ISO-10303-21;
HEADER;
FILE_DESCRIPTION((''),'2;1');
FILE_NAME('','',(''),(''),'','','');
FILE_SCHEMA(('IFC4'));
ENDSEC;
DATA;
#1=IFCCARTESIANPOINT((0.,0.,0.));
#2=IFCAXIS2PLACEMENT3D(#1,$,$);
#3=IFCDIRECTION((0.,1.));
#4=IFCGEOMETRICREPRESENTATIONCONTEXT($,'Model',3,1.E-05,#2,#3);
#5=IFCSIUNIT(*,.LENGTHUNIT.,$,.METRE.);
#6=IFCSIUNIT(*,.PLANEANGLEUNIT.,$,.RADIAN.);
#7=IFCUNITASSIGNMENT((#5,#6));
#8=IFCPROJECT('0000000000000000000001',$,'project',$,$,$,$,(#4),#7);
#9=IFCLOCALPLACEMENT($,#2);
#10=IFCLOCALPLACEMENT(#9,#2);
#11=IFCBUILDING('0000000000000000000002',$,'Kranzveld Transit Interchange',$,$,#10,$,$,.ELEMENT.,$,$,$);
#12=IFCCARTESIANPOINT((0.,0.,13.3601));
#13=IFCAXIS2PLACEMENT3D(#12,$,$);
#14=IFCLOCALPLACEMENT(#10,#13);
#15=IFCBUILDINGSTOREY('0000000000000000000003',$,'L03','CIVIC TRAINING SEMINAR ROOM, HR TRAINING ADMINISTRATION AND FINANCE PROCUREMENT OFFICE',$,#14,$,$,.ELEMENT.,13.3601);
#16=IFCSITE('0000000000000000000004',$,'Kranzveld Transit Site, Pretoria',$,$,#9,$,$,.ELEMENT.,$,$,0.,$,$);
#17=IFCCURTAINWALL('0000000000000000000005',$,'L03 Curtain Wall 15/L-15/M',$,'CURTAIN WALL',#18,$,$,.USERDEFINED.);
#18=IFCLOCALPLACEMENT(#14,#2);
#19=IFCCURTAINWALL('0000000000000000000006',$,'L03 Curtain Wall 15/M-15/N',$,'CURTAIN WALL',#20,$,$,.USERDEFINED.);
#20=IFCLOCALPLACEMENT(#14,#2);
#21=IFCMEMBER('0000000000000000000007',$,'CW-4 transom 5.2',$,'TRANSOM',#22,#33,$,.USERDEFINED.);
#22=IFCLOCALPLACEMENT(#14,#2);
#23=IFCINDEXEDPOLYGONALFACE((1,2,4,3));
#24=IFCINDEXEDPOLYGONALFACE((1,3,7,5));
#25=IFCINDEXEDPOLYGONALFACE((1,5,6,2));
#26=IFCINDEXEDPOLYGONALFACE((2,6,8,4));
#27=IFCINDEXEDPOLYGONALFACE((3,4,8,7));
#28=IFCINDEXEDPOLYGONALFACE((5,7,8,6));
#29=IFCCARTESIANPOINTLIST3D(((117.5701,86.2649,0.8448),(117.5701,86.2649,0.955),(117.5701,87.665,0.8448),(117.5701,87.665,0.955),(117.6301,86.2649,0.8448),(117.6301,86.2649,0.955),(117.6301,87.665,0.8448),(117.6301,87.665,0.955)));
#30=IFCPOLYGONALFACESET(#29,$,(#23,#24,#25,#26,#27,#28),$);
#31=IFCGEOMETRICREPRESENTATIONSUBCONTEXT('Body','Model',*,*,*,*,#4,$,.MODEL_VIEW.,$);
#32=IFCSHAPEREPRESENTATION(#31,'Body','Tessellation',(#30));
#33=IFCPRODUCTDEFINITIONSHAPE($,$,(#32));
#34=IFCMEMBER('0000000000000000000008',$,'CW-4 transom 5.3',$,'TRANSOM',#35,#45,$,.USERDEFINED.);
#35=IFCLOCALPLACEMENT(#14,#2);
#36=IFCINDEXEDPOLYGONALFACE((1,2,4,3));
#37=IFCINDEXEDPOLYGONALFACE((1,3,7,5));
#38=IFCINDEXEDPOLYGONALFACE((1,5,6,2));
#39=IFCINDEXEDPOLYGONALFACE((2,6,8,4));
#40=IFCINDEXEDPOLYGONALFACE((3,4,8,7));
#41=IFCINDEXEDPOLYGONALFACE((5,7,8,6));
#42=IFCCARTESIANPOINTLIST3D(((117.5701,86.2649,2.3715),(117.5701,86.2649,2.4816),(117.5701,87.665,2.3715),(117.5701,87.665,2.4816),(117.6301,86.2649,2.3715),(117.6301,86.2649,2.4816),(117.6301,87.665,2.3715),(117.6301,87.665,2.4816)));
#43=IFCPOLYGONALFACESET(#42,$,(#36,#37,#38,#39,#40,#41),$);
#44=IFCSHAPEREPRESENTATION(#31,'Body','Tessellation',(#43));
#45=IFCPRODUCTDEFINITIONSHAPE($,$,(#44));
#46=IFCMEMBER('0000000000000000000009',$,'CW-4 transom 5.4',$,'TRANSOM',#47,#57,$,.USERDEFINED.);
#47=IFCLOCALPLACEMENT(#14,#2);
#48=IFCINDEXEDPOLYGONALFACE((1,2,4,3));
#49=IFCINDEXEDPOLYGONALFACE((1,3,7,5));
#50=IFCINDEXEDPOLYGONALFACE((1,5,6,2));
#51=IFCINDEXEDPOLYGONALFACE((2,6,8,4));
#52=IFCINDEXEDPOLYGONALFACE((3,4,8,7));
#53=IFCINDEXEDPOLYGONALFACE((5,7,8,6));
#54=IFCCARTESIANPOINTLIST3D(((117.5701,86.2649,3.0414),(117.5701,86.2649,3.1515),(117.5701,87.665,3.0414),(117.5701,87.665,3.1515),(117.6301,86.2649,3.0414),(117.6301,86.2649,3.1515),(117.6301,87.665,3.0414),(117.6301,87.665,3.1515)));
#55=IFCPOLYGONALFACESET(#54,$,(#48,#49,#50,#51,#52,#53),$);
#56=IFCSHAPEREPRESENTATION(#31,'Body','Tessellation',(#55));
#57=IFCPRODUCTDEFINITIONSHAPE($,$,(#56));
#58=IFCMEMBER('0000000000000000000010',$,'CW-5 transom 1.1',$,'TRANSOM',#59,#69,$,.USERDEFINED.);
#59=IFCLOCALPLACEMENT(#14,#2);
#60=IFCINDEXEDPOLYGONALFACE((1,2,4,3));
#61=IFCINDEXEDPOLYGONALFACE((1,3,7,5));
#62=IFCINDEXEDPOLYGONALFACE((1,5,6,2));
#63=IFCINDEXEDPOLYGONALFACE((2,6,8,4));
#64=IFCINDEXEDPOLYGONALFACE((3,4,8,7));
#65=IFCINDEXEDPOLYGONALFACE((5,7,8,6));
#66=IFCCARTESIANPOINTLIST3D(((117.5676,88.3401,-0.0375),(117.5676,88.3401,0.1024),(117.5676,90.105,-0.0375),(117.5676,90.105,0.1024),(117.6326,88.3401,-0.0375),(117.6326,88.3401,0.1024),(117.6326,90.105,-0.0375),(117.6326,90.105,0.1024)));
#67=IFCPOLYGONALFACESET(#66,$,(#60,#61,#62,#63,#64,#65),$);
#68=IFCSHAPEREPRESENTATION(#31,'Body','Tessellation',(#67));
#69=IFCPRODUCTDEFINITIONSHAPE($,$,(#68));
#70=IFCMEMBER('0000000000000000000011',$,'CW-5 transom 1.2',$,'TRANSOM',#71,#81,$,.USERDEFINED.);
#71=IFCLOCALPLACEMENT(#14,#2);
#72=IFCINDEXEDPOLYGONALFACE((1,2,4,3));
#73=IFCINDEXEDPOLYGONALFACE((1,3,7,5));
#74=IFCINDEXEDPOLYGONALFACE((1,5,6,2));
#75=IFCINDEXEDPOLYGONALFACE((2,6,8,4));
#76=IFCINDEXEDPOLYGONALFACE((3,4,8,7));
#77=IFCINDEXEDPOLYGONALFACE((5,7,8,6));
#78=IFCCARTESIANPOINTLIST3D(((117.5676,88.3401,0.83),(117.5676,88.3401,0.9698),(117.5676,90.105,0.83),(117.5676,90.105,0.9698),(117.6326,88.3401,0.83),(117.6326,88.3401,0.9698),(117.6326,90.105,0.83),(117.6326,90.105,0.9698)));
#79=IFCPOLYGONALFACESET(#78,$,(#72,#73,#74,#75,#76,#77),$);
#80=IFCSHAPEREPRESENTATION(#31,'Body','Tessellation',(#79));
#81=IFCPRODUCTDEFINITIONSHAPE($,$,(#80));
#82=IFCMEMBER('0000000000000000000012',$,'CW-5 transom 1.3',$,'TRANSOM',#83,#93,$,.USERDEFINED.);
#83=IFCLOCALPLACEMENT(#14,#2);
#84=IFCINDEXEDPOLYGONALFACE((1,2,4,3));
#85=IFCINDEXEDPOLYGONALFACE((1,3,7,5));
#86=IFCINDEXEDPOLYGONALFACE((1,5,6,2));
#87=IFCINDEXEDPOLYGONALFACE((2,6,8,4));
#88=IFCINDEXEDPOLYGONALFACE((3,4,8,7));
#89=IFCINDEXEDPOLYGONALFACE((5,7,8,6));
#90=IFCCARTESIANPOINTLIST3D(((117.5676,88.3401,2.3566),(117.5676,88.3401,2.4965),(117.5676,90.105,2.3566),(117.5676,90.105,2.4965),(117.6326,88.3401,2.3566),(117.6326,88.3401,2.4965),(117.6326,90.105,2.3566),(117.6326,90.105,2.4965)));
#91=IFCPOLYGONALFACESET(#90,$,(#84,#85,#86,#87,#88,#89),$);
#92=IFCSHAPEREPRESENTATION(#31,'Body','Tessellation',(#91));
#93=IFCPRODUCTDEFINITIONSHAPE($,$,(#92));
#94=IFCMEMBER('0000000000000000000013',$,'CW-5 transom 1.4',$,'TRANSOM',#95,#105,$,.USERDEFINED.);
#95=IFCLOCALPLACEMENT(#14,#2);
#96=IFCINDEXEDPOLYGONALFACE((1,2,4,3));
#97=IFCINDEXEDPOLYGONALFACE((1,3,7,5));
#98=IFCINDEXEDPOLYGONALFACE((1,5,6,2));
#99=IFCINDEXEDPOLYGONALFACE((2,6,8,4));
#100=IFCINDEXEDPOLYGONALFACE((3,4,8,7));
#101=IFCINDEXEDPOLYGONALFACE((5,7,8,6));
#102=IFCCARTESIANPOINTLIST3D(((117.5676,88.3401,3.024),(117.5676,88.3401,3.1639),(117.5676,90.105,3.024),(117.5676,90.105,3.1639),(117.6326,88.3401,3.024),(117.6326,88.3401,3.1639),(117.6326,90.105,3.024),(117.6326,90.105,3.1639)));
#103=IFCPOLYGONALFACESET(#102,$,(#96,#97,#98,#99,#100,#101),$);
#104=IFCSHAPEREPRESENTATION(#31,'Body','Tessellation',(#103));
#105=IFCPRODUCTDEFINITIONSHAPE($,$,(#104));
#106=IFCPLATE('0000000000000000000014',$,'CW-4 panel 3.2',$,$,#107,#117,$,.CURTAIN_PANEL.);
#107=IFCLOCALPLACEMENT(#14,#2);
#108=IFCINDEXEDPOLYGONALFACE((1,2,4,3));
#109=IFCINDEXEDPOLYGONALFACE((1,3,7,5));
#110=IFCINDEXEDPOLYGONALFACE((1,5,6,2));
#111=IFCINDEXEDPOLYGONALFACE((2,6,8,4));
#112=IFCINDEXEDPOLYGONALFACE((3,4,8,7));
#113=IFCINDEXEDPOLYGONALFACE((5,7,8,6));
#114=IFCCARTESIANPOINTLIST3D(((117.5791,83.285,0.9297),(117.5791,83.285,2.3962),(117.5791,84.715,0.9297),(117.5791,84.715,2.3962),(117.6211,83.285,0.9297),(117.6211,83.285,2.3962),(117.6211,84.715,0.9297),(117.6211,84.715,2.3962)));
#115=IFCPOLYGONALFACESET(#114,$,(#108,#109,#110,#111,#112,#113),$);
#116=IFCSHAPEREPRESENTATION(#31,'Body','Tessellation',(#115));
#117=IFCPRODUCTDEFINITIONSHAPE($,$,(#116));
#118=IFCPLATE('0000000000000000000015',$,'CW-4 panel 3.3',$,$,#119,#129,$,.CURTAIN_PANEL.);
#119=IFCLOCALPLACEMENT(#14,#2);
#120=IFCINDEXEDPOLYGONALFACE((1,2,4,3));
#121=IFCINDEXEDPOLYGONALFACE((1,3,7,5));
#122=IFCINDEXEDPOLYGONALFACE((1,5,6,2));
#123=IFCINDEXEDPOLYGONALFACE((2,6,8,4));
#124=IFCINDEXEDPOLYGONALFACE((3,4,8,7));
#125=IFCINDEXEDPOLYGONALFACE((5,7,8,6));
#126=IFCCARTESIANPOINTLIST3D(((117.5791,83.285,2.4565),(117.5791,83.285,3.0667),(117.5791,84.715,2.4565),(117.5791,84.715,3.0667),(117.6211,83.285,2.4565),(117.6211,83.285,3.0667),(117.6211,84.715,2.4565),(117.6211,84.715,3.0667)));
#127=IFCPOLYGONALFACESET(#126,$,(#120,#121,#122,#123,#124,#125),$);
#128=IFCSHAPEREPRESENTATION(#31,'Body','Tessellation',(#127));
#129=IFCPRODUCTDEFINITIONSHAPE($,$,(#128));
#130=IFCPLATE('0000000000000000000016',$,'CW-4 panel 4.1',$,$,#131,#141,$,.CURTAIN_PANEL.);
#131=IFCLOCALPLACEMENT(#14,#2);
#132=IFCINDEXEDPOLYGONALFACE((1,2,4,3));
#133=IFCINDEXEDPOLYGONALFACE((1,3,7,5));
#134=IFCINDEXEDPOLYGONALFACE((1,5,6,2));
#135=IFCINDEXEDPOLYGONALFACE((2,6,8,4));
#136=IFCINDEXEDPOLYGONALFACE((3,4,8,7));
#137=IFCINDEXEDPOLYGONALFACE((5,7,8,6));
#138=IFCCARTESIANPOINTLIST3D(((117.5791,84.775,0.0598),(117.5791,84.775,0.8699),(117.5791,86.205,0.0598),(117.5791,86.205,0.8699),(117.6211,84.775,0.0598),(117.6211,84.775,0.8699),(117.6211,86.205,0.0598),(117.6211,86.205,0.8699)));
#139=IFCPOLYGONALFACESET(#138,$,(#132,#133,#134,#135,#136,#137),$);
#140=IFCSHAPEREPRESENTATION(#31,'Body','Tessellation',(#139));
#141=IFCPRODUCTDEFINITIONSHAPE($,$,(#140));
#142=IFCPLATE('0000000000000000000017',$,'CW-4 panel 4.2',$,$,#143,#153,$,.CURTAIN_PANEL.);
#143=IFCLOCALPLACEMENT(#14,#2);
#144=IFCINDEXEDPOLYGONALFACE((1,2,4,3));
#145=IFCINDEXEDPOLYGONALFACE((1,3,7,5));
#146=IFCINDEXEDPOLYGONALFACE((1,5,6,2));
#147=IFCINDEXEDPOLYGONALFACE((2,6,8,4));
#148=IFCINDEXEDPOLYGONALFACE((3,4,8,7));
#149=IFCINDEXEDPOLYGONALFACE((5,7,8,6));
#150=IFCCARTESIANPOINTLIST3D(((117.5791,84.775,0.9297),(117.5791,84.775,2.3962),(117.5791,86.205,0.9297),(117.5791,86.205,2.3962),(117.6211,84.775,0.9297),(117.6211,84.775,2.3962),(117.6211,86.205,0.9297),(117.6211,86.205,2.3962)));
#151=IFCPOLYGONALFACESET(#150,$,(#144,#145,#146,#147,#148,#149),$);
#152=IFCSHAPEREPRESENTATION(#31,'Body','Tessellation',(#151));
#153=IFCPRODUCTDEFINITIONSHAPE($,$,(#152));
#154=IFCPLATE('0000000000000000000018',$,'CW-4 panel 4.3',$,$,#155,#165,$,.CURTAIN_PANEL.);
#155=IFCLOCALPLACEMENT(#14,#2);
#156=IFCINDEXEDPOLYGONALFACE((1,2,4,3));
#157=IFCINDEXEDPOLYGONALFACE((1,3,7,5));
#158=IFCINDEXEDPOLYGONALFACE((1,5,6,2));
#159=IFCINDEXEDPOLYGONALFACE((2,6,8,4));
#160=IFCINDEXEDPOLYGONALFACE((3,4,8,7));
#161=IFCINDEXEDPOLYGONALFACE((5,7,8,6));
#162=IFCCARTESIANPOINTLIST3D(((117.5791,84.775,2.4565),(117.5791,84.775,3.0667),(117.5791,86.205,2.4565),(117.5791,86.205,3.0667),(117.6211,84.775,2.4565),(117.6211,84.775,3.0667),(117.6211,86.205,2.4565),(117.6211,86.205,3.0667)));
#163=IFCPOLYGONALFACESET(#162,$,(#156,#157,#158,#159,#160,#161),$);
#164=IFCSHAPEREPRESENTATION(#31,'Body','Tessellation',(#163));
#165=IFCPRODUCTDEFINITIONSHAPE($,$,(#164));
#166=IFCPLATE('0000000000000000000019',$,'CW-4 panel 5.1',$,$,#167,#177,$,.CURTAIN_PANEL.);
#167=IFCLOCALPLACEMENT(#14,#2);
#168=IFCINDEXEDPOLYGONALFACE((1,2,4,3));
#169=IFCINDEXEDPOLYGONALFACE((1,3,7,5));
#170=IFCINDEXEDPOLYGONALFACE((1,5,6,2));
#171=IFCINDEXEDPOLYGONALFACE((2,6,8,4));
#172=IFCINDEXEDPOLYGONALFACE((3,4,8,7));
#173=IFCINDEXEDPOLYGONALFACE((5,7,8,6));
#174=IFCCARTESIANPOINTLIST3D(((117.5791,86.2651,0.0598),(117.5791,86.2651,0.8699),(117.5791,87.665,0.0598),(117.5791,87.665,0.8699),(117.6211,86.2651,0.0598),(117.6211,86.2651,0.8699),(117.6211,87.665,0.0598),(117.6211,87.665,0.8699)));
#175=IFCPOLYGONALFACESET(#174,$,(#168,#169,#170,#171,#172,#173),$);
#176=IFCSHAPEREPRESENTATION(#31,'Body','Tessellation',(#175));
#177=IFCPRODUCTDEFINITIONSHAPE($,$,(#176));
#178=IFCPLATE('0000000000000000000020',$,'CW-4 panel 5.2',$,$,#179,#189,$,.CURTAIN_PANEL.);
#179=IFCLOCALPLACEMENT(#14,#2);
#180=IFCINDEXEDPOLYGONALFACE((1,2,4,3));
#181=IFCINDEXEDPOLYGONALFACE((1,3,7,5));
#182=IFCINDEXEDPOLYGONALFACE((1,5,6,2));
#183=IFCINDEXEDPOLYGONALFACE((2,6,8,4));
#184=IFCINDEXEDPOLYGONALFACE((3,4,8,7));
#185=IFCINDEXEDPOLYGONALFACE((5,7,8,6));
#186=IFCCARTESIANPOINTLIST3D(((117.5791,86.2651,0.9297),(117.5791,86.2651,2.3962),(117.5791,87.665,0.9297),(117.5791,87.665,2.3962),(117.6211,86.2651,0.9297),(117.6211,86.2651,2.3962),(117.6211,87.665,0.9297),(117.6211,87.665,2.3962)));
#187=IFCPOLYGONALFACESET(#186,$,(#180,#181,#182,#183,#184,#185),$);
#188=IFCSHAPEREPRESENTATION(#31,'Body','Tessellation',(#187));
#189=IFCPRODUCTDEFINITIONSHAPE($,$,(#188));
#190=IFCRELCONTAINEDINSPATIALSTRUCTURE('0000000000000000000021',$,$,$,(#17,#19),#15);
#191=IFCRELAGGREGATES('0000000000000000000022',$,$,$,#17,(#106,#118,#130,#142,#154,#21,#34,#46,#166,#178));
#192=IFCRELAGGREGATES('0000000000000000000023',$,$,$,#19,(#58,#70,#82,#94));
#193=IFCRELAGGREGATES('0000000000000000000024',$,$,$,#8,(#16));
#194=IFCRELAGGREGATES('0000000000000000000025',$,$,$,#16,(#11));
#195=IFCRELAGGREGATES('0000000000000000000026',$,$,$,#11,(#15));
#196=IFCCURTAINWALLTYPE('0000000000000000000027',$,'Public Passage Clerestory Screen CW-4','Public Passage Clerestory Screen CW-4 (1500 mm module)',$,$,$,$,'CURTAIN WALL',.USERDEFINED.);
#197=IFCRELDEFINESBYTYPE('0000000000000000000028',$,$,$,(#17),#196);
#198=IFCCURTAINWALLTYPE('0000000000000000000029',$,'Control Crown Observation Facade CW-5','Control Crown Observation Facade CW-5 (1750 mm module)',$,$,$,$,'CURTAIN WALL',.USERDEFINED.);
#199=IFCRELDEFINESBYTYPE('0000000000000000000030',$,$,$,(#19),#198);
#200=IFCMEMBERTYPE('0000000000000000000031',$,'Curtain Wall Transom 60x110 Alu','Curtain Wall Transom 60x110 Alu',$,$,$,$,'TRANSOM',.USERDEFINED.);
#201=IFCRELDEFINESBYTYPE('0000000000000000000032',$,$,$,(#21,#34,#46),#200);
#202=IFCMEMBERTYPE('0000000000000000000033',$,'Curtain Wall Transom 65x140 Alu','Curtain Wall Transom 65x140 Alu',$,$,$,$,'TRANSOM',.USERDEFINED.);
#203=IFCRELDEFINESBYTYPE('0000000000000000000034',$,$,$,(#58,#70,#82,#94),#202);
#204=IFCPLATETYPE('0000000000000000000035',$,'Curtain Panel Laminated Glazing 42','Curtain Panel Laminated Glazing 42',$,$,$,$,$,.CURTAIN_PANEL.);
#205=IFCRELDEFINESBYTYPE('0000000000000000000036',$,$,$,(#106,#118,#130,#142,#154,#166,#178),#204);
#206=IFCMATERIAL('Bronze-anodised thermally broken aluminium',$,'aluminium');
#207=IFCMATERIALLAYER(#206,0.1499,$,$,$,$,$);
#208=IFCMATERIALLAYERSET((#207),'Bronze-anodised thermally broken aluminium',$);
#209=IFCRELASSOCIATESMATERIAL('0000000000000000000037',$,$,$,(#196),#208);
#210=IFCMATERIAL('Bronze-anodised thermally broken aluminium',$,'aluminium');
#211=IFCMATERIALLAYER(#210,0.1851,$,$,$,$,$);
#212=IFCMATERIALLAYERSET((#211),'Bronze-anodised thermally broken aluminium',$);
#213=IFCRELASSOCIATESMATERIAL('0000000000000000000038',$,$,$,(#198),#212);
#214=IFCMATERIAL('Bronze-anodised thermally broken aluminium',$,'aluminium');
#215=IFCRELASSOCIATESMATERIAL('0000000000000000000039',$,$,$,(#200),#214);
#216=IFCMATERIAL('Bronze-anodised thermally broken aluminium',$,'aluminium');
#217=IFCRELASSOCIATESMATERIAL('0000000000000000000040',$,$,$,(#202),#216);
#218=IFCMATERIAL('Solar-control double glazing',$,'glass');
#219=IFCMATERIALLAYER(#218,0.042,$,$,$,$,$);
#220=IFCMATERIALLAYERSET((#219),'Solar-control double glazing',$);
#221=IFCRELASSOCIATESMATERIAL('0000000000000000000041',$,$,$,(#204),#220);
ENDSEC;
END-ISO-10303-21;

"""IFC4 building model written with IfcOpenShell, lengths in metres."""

from ifc_helpers import new_model, si_unit, direction, frame, origin, origin_2d, place, context, subcontext, project, spatial, rectangle, extrude, material, layer, layer_set, material_profile, profile_set, type_object, element, aggregate, save


model = new_model("IFC4")

# Units and contexts
model_context = context("Model", 3, precision=1e-05, world=origin(), true_north=direction((0.0, 1.0)))
body_context = subcontext(model_context, "Body", "Model", "MODEL_VIEW")
ifc_project = project(units=[si_unit("LENGTHUNIT", "METRE"), si_unit("PLANEANGLEUNIT", "RADIAN")], contexts=[model_context])

# Site, building, storey
site_placement = place(None, origin())
site = spatial("IfcSite", under=ifc_project, at=site_placement, Name="Kranzveld Transit Site, Pretoria", CompositionType="ELEMENT", RefElevation=0.0)
building_placement = place(site_placement, origin())
building = spatial("IfcBuilding", under=site, at=building_placement, Name="Kranzveld Transit Interchange", CompositionType="ELEMENT")
storey_placement = place(building_placement, frame((0.0, 0.0, 13.3601)))
storey = spatial("IfcBuildingStorey", under=building, at=storey_placement, Name="L03", Description="CIVIC TRAINING SEMINAR ROOM, HR TRAINING ADMINISTRATION AND FINANCE PROCUREMENT OFFICE", CompositionType="ELEMENT", Elevation=13.3601)

# Curtain wall
ifc_material_1 = material(Name="Bronze-anodised thermally broken aluminium", Category="aluminium")
ifc_layer_1 = layer(ifc_material_1, 0.1499)
ifc_layer_set_1 = layer_set([ifc_layer_1], Name="Bronze-anodised thermally broken aluminium")
curtain_wall_type_1 = type_object("IfcCurtainWallType", Name="Public Passage Clerestory Screen CW-4", Description="Public Passage Clerestory Screen CW-4 (1500 mm module)", ElementType="CURTAIN WALL", PredefinedType="USERDEFINED", material=ifc_layer_set_1)
curtain_wall_1_placement = place(storey_placement, origin())
curtain_wall_1 = element("IfcCurtainWall", 1, at=curtain_wall_1_placement, inside=storey, type_object=curtain_wall_type_1, Name="L03 Curtain Wall 15/L-15/M", ObjectType="CURTAIN WALL", PredefinedType="USERDEFINED")

# Curtain wall
ifc_material_2 = material(Name="Bronze-anodised thermally broken aluminium", Category="aluminium")
ifc_layer_2 = layer(ifc_material_2, 0.1851)
ifc_layer_set_2 = layer_set([ifc_layer_2], Name="Bronze-anodised thermally broken aluminium")
curtain_wall_type_2 = type_object("IfcCurtainWallType", Name="Control Crown Observation Facade CW-5", Description="Control Crown Observation Facade CW-5 (1750 mm module)", ElementType="CURTAIN WALL", PredefinedType="USERDEFINED", material=ifc_layer_set_2)
curtain_wall_2_placement = place(storey_placement, origin())
curtain_wall_2 = element("IfcCurtainWall", 2, at=curtain_wall_2_placement, inside=storey, type_object=curtain_wall_type_2, Name="L03 Curtain Wall 15/M-15/N", ObjectType="CURTAIN WALL", PredefinedType="USERDEFINED")

# Members
ifc_material_3 = material(Name="Bronze-anodised thermally broken aluminium", Category="aluminium")
ifc_material_profile_1 = material_profile(ifc_material_3, rectangle(XDim=0.0601, YDim=0.1101, at=origin_2d()), Name="ALU TRANSOM 60x110")
ifc_profile_set_1 = profile_set([ifc_material_profile_1], Name="Bronze-anodised thermally broken aluminium")
member_type_1 = type_object("IfcMemberType", Name="Curtain Wall Transom 60x110 Alu", Description="Curtain Wall Transom 60x110 Alu", ElementType="TRANSOM", PredefinedType="USERDEFINED", material=ifc_profile_set_1)
member_1_placement = place(storey_placement, frame((117.6001, 86.2649, 0.8999), z_axis=(0.0, 1.0, 0.0), x_axis=(-1.0, 0.0, 0.0)))
member_1 = element("IfcMember", 3, at=member_1_placement, type_object=member_type_1, Name="CW-4 transom 5.2", ObjectType="TRANSOM", PredefinedType="USERDEFINED", context=body_context, shape_type="SweptSolid", body=[
    extrude(rectangle(XDim=0.0601, YDim=0.1101, at=origin_2d()), origin(), (0.0, 0.0, 1.0), 1.4001),
])
member_2_placement = place(storey_placement, frame((117.6001, 86.2649, 2.4265), z_axis=(0.0, 1.0, 0.0), x_axis=(-1.0, 0.0, 0.0)))
member_2 = element("IfcMember", 4, at=member_2_placement, type_object=member_type_1, Name="CW-4 transom 5.3", ObjectType="TRANSOM", PredefinedType="USERDEFINED", context=body_context, shape_type="SweptSolid", body=[
    extrude(rectangle(XDim=0.0601, YDim=0.1101, at=origin_2d()), origin(), (0.0, 0.0, 1.0), 1.4001),
])
member_3_placement = place(storey_placement, frame((117.6001, 86.2649, 3.0964), z_axis=(0.0, 1.0, 0.0), x_axis=(-1.0, 0.0, 0.0)))
member_3 = element("IfcMember", 5, at=member_3_placement, type_object=member_type_1, Name="CW-4 transom 5.4", ObjectType="TRANSOM", PredefinedType="USERDEFINED", context=body_context, shape_type="SweptSolid", body=[
    extrude(rectangle(XDim=0.0601, YDim=0.1101, at=origin_2d()), origin(), (0.0, 0.0, 1.0), 1.4001),
])
ifc_material_4 = material(Name="Bronze-anodised thermally broken aluminium", Category="aluminium")
ifc_material_profile_2 = material_profile(ifc_material_4, rectangle(XDim=0.0649, YDim=0.1399, at=origin_2d()), Name="ALU TRANSOM 65x140")
ifc_profile_set_2 = profile_set([ifc_material_profile_2], Name="Bronze-anodised thermally broken aluminium")
member_type_2 = type_object("IfcMemberType", Name="Curtain Wall Transom 65x140 Alu", Description="Curtain Wall Transom 65x140 Alu", ElementType="TRANSOM", PredefinedType="USERDEFINED", material=ifc_profile_set_2)
member_4_placement = place(storey_placement, frame((117.6001, 88.3401, 0.0325), z_axis=(0.0, 1.0, 0.0), x_axis=(-1.0, 0.0, 0.0)))
member_4 = element("IfcMember", 6, at=member_4_placement, type_object=member_type_2, Name="CW-5 transom 1.1", ObjectType="TRANSOM", PredefinedType="USERDEFINED", context=body_context, shape_type="SweptSolid", body=[
    extrude(rectangle(XDim=0.0649, YDim=0.1399, at=origin_2d()), origin(), (0.0, 0.0, 1.0), 1.7649),
])
member_5_placement = place(storey_placement, frame((117.6001, 88.3401, 0.8999), z_axis=(0.0, 1.0, 0.0), x_axis=(-1.0, 0.0, 0.0)))
member_5 = element("IfcMember", 7, at=member_5_placement, type_object=member_type_2, Name="CW-5 transom 1.2", ObjectType="TRANSOM", PredefinedType="USERDEFINED", context=body_context, shape_type="SweptSolid", body=[
    extrude(rectangle(XDim=0.0649, YDim=0.1399, at=origin_2d()), origin(), (0.0, 0.0, 1.0), 1.7649),
])
member_6_placement = place(storey_placement, frame((117.6001, 88.3401, 2.4265), z_axis=(0.0, 1.0, 0.0), x_axis=(-1.0, 0.0, 0.0)))
member_6 = element("IfcMember", 8, at=member_6_placement, type_object=member_type_2, Name="CW-5 transom 1.3", ObjectType="TRANSOM", PredefinedType="USERDEFINED", context=body_context, shape_type="SweptSolid", body=[
    extrude(rectangle(XDim=0.0649, YDim=0.1399, at=origin_2d()), origin(), (0.0, 0.0, 1.0), 1.7649),
])
member_7_placement = place(storey_placement, frame((117.6001, 88.3401, 3.094), z_axis=(0.0, 1.0, 0.0), x_axis=(-1.0, 0.0, 0.0)))
member_7 = element("IfcMember", 9, at=member_7_placement, type_object=member_type_2, Name="CW-5 transom 1.4", ObjectType="TRANSOM", PredefinedType="USERDEFINED", context=body_context, shape_type="SweptSolid", body=[
    extrude(rectangle(XDim=0.0649, YDim=0.1399, at=origin_2d()), origin(), (0.0, 0.0, 1.0), 1.7649),
])

# Plates
ifc_material_5 = material(Name="Solar-control double glazing", Category="glass")
ifc_layer_3 = layer(ifc_material_5, 0.042)
ifc_layer_set_3 = layer_set([ifc_layer_3], Name="Solar-control double glazing")
plate_type_1 = type_object("IfcPlateType", Name="Curtain Panel Laminated Glazing 42", Description="Curtain Panel Laminated Glazing 42", PredefinedType="CURTAIN_PANEL", material=ifc_layer_set_3)
plate_1_placement = place(storey_placement, frame((117.6001, 84.0, 0.9297), z_axis=(0.0, 0.0, 1.0), x_axis=(0.0, 1.0, 0.0)))
plate_1 = element("IfcPlate", 10, at=plate_1_placement, type_object=plate_type_1, Name="CW-4 panel 3.2", PredefinedType="CURTAIN_PANEL", context=body_context, shape_type="SweptSolid", body=[
    extrude(rectangle(XDim=1.4299, YDim=0.042, at=origin_2d()), origin(), (0.0, 0.0, 1.0), 1.4666),
])
plate_2_placement = place(storey_placement, frame((117.6001, 84.0, 2.4565), z_axis=(0.0, 0.0, 1.0), x_axis=(0.0, 1.0, 0.0)))
plate_2 = element("IfcPlate", 11, at=plate_2_placement, type_object=plate_type_1, Name="CW-4 panel 3.3", PredefinedType="CURTAIN_PANEL", context=body_context, shape_type="SweptSolid", body=[
    extrude(rectangle(XDim=1.4299, YDim=0.042, at=origin_2d()), origin(), (0.0, 0.0, 1.0), 0.6101),
])
plate_3_placement = place(storey_placement, frame((117.6001, 85.49, 0.0598), z_axis=(0.0, 0.0, 1.0), x_axis=(0.0, 1.0, 0.0)))
plate_3 = element("IfcPlate", 12, at=plate_3_placement, type_object=plate_type_1, Name="CW-4 panel 4.1", PredefinedType="CURTAIN_PANEL", context=body_context, shape_type="SweptSolid", body=[
    extrude(rectangle(XDim=1.4299, YDim=0.042, at=origin_2d()), origin(), (0.0, 0.0, 1.0), 0.8101),
])
plate_4_placement = place(storey_placement, frame((117.6001, 85.49, 0.9297), z_axis=(0.0, 0.0, 1.0), x_axis=(0.0, 1.0, 0.0)))
plate_4 = element("IfcPlate", 13, at=plate_4_placement, type_object=plate_type_1, Name="CW-4 panel 4.2", PredefinedType="CURTAIN_PANEL", context=body_context, shape_type="SweptSolid", body=[
    extrude(rectangle(XDim=1.4299, YDim=0.042, at=origin_2d()), origin(), (0.0, 0.0, 1.0), 1.4666),
])
plate_5_placement = place(storey_placement, frame((117.6001, 85.49, 2.4565), z_axis=(0.0, 0.0, 1.0), x_axis=(0.0, 1.0, 0.0)))
plate_5 = element("IfcPlate", 14, at=plate_5_placement, type_object=plate_type_1, Name="CW-4 panel 4.3", PredefinedType="CURTAIN_PANEL", context=body_context, shape_type="SweptSolid", body=[
    extrude(rectangle(XDim=1.4299, YDim=0.042, at=origin_2d()), origin(), (0.0, 0.0, 1.0), 0.6101),
])
plate_6_placement = place(storey_placement, frame((117.6001, 86.9651, 0.0598), z_axis=(0.0, 0.0, 1.0), x_axis=(0.0, 1.0, 0.0)))
plate_6 = element("IfcPlate", 15, at=plate_6_placement, type_object=plate_type_1, Name="CW-4 panel 5.1", PredefinedType="CURTAIN_PANEL", context=body_context, shape_type="SweptSolid", body=[
    extrude(rectangle(XDim=1.3999, YDim=0.042, at=origin_2d()), origin(), (0.0, 0.0, 1.0), 0.8101),
])
plate_7_placement = place(storey_placement, frame((117.6001, 86.9651, 0.9297), z_axis=(0.0, 0.0, 1.0), x_axis=(0.0, 1.0, 0.0)))
plate_7 = element("IfcPlate", 16, at=plate_7_placement, type_object=plate_type_1, Name="CW-4 panel 5.2", PredefinedType="CURTAIN_PANEL", context=body_context, shape_type="SweptSolid", body=[
    extrude(rectangle(XDim=1.3999, YDim=0.042, at=origin_2d()), origin(), (0.0, 0.0, 1.0), 1.4666),
])
aggregate(curtain_wall_1, [plate_1, plate_2, plate_3, plate_4, plate_5, member_1, member_2, member_3, plate_6, plate_7])
aggregate(curtain_wall_2, [member_4, member_5, member_6, member_7])

save(model, "model.ifc")
